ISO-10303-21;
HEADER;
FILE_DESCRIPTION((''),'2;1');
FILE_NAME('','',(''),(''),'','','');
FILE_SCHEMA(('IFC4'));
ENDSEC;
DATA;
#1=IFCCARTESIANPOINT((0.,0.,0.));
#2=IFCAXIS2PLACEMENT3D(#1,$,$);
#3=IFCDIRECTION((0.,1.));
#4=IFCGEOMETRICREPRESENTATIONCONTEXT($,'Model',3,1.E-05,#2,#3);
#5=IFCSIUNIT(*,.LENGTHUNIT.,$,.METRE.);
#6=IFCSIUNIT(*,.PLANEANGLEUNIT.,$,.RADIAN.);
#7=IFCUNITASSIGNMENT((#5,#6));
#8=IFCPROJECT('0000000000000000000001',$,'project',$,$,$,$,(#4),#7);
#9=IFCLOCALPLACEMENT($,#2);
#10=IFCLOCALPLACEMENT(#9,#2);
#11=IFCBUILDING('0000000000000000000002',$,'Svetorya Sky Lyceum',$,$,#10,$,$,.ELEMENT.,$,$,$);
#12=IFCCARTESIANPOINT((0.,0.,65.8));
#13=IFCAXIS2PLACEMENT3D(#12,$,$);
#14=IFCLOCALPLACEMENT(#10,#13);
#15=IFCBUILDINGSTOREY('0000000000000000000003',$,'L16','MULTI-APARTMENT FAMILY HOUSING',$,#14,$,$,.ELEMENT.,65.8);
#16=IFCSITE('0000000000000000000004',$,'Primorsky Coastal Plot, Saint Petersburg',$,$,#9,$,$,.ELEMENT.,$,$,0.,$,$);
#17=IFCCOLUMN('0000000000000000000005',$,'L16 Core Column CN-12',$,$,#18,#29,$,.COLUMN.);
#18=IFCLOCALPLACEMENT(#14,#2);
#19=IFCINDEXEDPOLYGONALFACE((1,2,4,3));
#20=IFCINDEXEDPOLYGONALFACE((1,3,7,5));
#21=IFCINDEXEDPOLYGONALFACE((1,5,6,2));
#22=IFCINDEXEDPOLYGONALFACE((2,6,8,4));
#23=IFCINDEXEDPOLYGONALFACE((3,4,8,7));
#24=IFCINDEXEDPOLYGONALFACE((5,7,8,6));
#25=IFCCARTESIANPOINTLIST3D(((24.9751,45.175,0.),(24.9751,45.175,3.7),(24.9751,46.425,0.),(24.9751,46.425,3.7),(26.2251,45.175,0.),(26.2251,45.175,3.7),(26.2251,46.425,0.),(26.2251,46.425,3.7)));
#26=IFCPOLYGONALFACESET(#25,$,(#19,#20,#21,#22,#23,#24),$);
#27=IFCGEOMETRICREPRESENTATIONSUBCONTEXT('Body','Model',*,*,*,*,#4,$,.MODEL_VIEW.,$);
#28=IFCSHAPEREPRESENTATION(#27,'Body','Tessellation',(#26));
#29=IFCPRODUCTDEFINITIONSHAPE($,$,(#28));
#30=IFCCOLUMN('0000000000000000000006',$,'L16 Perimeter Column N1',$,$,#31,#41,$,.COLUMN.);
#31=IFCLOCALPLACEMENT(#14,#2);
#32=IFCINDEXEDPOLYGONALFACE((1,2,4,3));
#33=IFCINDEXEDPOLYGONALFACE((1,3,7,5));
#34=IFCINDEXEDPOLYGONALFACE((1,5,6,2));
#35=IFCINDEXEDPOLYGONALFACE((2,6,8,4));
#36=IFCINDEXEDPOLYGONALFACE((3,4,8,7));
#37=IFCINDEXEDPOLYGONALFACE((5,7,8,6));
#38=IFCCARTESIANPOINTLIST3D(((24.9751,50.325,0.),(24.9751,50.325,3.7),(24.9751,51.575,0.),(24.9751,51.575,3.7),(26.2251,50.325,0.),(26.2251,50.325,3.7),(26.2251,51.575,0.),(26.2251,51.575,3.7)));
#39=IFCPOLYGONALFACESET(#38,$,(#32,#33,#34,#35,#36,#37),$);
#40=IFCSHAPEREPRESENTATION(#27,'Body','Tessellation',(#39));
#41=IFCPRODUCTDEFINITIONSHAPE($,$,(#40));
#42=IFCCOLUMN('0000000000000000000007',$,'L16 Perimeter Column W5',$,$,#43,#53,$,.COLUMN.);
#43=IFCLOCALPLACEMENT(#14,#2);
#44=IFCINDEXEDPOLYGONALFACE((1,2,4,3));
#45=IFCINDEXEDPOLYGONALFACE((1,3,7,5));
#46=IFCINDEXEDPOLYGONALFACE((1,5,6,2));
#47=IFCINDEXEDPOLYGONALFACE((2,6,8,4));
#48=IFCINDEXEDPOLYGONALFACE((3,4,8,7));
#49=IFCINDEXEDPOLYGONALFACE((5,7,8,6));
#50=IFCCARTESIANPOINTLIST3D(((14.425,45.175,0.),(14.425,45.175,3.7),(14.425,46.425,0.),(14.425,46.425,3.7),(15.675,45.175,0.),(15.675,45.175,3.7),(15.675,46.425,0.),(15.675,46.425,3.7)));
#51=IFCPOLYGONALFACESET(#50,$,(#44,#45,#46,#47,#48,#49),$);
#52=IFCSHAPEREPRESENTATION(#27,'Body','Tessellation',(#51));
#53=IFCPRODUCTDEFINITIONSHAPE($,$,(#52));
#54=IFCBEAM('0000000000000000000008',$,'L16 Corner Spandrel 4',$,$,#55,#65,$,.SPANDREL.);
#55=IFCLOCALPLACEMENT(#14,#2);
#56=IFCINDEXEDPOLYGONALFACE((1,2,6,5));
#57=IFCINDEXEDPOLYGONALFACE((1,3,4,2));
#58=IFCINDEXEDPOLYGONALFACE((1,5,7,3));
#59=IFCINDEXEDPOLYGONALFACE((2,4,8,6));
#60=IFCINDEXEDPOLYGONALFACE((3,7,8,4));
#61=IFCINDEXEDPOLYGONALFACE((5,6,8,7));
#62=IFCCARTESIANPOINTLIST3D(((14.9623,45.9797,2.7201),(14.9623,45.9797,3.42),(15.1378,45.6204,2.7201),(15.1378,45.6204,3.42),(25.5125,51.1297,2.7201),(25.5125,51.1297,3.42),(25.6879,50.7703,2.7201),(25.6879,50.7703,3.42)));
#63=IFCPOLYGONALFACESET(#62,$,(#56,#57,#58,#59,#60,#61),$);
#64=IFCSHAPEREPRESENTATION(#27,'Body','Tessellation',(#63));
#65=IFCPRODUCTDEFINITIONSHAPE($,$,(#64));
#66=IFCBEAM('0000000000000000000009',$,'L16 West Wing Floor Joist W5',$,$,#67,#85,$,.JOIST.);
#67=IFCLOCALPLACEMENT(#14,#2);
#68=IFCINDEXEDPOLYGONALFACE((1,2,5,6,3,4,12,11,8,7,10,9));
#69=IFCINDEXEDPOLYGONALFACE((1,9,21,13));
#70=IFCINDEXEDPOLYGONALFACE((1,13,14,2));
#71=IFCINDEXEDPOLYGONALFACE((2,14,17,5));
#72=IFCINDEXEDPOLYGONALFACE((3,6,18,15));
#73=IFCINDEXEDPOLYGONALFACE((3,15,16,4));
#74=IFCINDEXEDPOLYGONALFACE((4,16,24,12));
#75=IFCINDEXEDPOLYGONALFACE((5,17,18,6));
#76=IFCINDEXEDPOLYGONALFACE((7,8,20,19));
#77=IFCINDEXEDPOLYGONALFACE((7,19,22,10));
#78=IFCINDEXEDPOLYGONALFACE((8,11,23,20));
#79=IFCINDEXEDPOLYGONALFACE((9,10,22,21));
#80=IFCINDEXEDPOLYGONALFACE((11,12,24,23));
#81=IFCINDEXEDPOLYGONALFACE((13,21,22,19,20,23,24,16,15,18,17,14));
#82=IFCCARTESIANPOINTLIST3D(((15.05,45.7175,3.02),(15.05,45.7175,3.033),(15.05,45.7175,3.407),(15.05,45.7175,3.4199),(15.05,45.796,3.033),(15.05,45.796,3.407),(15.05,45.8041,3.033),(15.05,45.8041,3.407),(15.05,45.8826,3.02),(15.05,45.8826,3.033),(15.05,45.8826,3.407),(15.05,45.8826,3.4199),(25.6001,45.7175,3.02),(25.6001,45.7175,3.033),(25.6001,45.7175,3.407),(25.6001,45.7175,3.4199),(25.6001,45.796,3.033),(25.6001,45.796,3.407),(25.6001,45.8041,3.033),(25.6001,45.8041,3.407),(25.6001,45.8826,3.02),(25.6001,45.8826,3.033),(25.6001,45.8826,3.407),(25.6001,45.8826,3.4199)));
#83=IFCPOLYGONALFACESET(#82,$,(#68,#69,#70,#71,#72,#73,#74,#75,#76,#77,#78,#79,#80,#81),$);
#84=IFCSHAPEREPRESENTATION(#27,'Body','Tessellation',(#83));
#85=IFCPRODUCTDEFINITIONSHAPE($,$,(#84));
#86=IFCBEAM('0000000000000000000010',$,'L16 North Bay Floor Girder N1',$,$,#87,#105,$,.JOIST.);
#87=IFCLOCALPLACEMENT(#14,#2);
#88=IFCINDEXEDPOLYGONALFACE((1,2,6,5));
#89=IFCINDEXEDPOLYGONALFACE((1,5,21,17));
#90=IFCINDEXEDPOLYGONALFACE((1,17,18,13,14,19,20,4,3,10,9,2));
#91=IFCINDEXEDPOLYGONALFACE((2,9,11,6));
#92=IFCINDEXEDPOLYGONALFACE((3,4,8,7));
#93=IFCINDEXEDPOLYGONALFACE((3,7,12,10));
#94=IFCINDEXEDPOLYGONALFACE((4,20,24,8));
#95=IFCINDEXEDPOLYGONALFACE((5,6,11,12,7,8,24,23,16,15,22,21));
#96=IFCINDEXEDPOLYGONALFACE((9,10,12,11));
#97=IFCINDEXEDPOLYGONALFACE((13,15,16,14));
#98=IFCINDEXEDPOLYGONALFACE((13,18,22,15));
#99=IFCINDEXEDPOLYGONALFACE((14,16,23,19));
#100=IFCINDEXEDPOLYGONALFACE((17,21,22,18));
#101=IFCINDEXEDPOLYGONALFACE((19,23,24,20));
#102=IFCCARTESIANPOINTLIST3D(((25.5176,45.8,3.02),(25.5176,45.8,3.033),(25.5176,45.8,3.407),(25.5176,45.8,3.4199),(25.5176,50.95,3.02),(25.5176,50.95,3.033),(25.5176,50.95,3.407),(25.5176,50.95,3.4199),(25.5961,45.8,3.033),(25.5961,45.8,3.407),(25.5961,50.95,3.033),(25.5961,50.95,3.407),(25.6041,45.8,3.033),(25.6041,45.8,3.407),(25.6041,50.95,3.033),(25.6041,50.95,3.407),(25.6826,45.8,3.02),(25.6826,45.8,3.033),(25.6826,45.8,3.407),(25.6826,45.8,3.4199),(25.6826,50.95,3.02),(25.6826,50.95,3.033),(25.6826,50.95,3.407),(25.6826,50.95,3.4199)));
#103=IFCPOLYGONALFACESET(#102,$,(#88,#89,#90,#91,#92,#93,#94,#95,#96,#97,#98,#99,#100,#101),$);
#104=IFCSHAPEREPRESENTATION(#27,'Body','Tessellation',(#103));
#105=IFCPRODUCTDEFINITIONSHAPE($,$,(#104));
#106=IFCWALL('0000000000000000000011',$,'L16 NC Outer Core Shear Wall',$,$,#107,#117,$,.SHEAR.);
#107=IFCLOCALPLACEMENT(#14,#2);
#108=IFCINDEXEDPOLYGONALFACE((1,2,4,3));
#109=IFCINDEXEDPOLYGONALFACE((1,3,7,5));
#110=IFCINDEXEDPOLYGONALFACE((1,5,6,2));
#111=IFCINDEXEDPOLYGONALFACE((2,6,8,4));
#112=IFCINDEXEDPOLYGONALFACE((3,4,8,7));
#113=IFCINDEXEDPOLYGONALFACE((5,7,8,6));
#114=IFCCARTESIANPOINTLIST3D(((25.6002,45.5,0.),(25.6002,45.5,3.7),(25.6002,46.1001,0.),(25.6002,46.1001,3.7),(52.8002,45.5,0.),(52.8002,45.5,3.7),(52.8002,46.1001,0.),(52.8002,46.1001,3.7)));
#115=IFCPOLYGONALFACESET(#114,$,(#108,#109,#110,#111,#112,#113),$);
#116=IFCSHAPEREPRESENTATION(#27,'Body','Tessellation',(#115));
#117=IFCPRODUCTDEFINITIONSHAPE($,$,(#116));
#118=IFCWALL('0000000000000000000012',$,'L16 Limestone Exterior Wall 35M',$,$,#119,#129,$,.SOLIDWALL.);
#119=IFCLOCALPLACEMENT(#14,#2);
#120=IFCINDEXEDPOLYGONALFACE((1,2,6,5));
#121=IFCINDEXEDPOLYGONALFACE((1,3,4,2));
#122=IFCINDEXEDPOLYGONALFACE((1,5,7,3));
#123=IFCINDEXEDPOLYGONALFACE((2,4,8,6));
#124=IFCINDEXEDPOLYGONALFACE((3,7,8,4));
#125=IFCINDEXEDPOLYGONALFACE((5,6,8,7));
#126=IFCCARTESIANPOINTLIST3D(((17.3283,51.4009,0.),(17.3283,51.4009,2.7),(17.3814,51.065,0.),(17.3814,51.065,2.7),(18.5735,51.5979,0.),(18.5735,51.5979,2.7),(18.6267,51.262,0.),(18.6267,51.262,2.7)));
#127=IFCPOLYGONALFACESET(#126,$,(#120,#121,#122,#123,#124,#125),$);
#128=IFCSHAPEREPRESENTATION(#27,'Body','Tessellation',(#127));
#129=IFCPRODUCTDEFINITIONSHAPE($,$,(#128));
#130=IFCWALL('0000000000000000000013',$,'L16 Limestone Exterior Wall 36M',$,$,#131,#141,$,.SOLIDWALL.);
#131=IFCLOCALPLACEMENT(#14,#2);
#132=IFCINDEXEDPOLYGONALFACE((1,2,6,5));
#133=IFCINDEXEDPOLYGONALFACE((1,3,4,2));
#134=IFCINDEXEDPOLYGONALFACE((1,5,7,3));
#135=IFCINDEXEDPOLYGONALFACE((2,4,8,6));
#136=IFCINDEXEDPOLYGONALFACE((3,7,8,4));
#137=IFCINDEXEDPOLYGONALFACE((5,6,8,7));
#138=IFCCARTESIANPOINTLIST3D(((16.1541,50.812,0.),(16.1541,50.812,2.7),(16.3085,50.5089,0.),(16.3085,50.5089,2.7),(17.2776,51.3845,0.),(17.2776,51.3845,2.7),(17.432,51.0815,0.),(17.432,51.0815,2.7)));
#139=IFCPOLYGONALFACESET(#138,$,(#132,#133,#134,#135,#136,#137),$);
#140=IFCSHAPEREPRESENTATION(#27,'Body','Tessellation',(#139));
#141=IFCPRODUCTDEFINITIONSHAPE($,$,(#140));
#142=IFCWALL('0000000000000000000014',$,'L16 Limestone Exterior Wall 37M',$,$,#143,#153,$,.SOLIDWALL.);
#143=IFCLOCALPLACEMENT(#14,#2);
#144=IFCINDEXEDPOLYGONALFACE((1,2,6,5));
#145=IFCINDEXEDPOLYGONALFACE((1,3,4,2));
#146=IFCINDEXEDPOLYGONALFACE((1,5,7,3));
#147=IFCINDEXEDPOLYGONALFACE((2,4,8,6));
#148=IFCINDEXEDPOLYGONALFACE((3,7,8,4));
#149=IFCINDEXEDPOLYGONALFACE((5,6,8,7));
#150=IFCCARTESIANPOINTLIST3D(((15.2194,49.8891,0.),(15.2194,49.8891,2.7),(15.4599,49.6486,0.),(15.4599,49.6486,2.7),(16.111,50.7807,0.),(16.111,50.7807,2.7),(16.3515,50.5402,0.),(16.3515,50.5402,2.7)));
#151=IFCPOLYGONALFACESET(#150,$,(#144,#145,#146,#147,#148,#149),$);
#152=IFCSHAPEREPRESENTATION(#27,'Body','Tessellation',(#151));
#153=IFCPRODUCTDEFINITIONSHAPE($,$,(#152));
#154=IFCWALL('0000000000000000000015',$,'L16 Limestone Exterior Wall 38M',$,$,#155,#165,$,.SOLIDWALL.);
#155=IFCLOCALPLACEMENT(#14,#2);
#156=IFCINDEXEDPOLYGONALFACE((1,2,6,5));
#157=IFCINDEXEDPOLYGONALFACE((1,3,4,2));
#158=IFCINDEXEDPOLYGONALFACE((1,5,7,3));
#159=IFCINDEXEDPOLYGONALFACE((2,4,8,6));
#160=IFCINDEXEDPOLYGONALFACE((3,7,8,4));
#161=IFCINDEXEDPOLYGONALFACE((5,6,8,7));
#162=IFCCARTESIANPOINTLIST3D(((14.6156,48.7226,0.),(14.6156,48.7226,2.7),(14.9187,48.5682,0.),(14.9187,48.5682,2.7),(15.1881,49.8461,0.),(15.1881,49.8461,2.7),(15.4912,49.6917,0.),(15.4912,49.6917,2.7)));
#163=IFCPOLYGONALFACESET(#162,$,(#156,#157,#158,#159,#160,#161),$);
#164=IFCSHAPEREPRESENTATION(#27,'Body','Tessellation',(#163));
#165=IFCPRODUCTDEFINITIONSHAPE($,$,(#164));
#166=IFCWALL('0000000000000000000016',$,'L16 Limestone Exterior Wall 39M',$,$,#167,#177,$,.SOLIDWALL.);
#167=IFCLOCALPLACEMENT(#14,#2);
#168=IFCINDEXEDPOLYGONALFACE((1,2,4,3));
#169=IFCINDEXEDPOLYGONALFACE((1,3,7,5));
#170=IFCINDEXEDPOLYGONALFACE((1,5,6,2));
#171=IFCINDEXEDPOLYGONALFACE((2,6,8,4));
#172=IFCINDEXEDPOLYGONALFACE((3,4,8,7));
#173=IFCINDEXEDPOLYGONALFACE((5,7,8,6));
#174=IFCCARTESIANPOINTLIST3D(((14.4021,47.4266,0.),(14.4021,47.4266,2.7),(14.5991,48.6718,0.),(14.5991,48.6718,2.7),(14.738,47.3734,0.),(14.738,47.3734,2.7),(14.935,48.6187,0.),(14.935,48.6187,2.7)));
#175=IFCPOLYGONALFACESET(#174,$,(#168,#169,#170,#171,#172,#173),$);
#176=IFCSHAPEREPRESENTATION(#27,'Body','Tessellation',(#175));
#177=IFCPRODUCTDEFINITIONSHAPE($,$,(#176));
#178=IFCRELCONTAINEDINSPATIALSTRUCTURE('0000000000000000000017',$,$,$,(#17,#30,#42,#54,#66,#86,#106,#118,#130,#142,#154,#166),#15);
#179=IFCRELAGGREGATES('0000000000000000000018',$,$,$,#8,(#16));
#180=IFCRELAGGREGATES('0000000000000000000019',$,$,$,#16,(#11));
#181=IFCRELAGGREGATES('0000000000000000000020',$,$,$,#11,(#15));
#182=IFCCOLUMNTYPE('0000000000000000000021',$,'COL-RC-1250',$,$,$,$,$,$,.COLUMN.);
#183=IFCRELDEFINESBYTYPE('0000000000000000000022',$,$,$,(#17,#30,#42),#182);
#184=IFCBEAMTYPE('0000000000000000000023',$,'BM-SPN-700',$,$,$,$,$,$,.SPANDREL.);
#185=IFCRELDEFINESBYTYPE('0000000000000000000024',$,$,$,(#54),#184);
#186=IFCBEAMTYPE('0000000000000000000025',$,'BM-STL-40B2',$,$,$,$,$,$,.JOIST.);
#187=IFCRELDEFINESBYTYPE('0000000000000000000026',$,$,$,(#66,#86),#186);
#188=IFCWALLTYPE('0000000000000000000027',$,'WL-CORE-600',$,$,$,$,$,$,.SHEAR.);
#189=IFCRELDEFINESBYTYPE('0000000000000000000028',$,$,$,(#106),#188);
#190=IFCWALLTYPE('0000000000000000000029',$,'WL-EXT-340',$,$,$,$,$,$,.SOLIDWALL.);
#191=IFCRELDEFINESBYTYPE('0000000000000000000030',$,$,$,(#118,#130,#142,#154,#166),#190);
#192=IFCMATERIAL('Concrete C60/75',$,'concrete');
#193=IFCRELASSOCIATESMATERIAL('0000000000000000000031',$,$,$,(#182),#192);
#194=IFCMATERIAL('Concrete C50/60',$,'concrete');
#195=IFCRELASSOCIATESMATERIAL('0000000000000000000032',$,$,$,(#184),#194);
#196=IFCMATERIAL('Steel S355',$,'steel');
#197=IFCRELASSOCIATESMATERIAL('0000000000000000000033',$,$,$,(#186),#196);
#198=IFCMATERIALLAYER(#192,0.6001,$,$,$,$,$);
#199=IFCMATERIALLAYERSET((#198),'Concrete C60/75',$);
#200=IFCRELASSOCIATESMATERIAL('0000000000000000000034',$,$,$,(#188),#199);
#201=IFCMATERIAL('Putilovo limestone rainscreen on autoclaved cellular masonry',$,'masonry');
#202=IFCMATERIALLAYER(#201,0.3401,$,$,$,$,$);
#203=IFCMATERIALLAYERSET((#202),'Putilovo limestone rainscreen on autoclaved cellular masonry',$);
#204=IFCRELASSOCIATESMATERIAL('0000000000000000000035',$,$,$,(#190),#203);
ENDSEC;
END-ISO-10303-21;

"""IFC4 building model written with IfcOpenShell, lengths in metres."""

from ifc_helpers import new_model, si_unit, direction, frame, frame_2d, origin, origin_2d, place, context, subcontext, project, spatial, rectangle, i_section, extrude, material, layer, layer_set, material_profile, profile_set, type_object, element, save


model = new_model("IFC4")

# Units and contexts
model_context = context("Model", 3, precision=1e-05, world=origin(), true_north=direction((0.0, 1.0)))
body_context = subcontext(model_context, "Body", "Model", "MODEL_VIEW")
ifc_project = project(units=[si_unit("LENGTHUNIT", "METRE"), si_unit("PLANEANGLEUNIT", "RADIAN")], contexts=[model_context])

# Site, building, storey
site_placement = place(None, origin())
site = spatial("IfcSite", under=ifc_project, at=site_placement, Name="Primorsky Coastal Plot, Saint Petersburg", CompositionType="ELEMENT", RefElevation=0.0)
building_placement = place(site_placement, origin())
building = spatial("IfcBuilding", under=site, at=building_placement, Name="Svetorya Sky Lyceum", CompositionType="ELEMENT")
storey_placement = place(building_placement, frame((0.0, 0.0, 65.8)))
storey = spatial("IfcBuildingStorey", under=building, at=storey_placement, Name="L16", Description="MULTI-APARTMENT FAMILY HOUSING", CompositionType="ELEMENT", Elevation=65.8)

# Columns
ifc_material_1 = material(Name="Concrete C60/75", Category="concrete")
ifc_material_profile_1 = material_profile(ifc_material_1, rectangle(XDim=1.25, YDim=1.25, at=origin_2d()), Name="RC COL 1250x1250")
ifc_profile_set_1 = profile_set([ifc_material_profile_1], Name="Concrete C60/75")
column_type = type_object("IfcColumnType", Name="COL-RC-1250", PredefinedType="COLUMN", material=ifc_profile_set_1)
for number, where, z_axis, x_axis, name in (
    (1, (25.6001, 45.8, 0.0), (0.0, 0.0, 1.0), (1.0, 0.0, 0.0), "L16 Core Column CN-12"),
    (2, (25.6001, 50.95, 0.0), (0.0, 0.0, 1.0), (1.0, 0.0, 0.0), "L16 Perimeter Column N1"),
    (3, (15.05, 45.8, 0.0), (0.0, 0.0, 1.0), (1.0, 0.0, 0.0), "L16 Perimeter Column W5"),
):
    element("IfcColumn", number, at=place(storey_placement, frame(where, z_axis=z_axis, x_axis=x_axis)), inside=storey, type_object=column_type, Name=name, PredefinedType="COLUMN", context=body_context, shape_type="SweptSolid", body=[
        extrude(rectangle(XDim=1.25, YDim=1.25, at=origin_2d()), origin(), (0.0, 0.0, 1.0), 3.7),
    ])

# Beams
ifc_material_2 = material(Name="Concrete C50/60", Category="concrete")
ifc_material_profile_2 = material_profile(ifc_material_2, rectangle(XDim=0.3999, YDim=0.7, at=origin_2d()), Name="RC SPANDREL 400x700")
ifc_profile_set_2 = profile_set([ifc_material_profile_2], Name="Concrete C50/60")
beam_type_1 = type_object("IfcBeamType", Name="BM-SPN-700", PredefinedType="SPANDREL", material=ifc_profile_set_2)
beam_1_placement = place(storey_placement, frame((15.05, 45.8, 3.0701), z_axis=(0.89865, 0.438667, 0.0), x_axis=(-0.438667, 0.89865, 0.0)))
element("IfcBeam", 4, at=beam_1_placement, inside=storey, type_object=beam_type_1, Name="L16 Corner Spandrel 4", PredefinedType="SPANDREL", context=body_context, shape_type="SweptSolid", body=[
    extrude(rectangle(XDim=0.3999, YDim=0.7, at=origin_2d()), origin(), (0.0, 0.0, 1.0), 11.74),
])
ifc_material_3 = material(Name="Steel S355", Category="steel")
ifc_material_profile_3 = material_profile(ifc_material_3, i_section(OverallWidth=0.165, OverallDepth=0.3999, WebThickness=0.0081, FlangeThickness=0.0129, at=origin_2d()), Name="GOST 40B2")
ifc_profile_set_3 = profile_set([ifc_material_profile_3], Name="Steel S355")
beam_type_2 = type_object("IfcBeamType", Name="BM-STL-40B2", PredefinedType="JOIST", material=ifc_profile_set_3)
beam_2_placement = place(storey_placement, frame((15.05, 45.8, 3.22), z_axis=(1.0, 0.0, 0.0), x_axis=(0.0, 1.0, 0.0)))
element("IfcBeam", 5, at=beam_2_placement, inside=storey, type_object=beam_type_2, Name="L16 West Wing Floor Joist W5", PredefinedType="JOIST", context=body_context, shape_type="SweptSolid", body=[
    extrude(i_section(OverallWidth=0.165, OverallDepth=0.3999, WebThickness=0.0081, FlangeThickness=0.0129, at=origin_2d()), origin(), (0.0, 0.0, 1.0), 10.55),
])
beam_3_placement = place(storey_placement, frame((25.6001, 45.8, 3.22), z_axis=(0.0, 1.0, 0.0), x_axis=(-1.0, 0.0, 0.0)))
element("IfcBeam", 6, at=beam_3_placement, inside=storey, type_object=beam_type_2, Name="L16 North Bay Floor Girder N1", PredefinedType="JOIST", context=body_context, shape_type="SweptSolid", body=[
    extrude(i_section(OverallWidth=0.165, OverallDepth=0.3999, WebThickness=0.0081, FlangeThickness=0.0129, at=origin_2d()), origin(), (0.0, 0.0, 1.0), 5.1499),
])

# Walls
ifc_layer_1 = layer(ifc_material_1, 0.6001)
ifc_layer_set_1 = layer_set([ifc_layer_1], Name="Concrete C60/75")
wall_type_1 = type_object("IfcWallType", Name="WL-CORE-600", PredefinedType="SHEAR", material=ifc_layer_set_1)
wall_1_placement = place(storey_placement, frame((25.6001, 45.8, 0.0), z_axis=(0.0, 0.0, 1.0), x_axis=(1.0, 0.0, 0.0)))
element("IfcWall", 7, at=wall_1_placement, inside=storey, type_object=wall_type_1, Name="L16 NC Outer Core Shear Wall", PredefinedType="SHEAR", context=body_context, shape_type="SweptSolid", body=[
    extrude(rectangle(XDim=27.2, YDim=0.6001, at=frame_2d((13.6001, 0.0))), origin(), (0.0, 0.0, 1.0), 3.7),
])
ifc_material_4 = material(Name="Putilovo limestone rainscreen on autoclaved cellular masonry", Category="masonry")
ifc_layer_2 = layer(ifc_material_4, 0.3401)
ifc_layer_set_2 = layer_set([ifc_layer_2], Name="Putilovo limestone rainscreen on autoclaved cellular masonry")
wall_type_2 = type_object("IfcWallType", Name="WL-EXT-340", PredefinedType="SOLIDWALL", material=ifc_layer_set_2)
wall_2_placement = place(storey_placement, frame((18.6001, 51.4299, 0.0), z_axis=(0.0, 0.0, 1.0), x_axis=(-0.987716, -0.156261, 0.0)))
element("IfcWall", 8, at=wall_2_placement, inside=storey, type_object=wall_type_2, Name="L16 Limestone Exterior Wall 35M", PredefinedType="SOLIDWALL", context=body_context, shape_type="SweptSolid", body=[
    extrude(rectangle(XDim=1.2607, YDim=0.3401, at=frame_2d((0.6304, 0.0))), origin(), (0.0, 0.0, 1.0), 2.7),
])
for number, where, z_axis, x_axis, name in (
    (9, (17.3547, 51.2329, 0.0), (0.0, 0.0, 1.0), (-0.890994, -0.454016, 0.0), "L16 Limestone Exterior Wall 36M"),
    (10, (16.2312, 50.6604, 0.0), (0.0, 0.0, 1.0), (-0.707107, -0.707107, 0.0), "L16 Limestone Exterior Wall 37M"),
    (11, (15.3396, 49.7688, 0.0), (0.0, 0.0, 1.0), (-0.454016, -0.890994, 0.0), "L16 Limestone Exterior Wall 38M"),
):
    element("IfcWall", number, at=place(storey_placement, frame(where, z_axis=z_axis, x_axis=x_axis)), inside=storey, type_object=wall_type_2, Name=name, PredefinedType="SOLIDWALL", context=body_context, shape_type="SweptSolid", body=[
        extrude(rectangle(XDim=1.261, YDim=0.3401, at=frame_2d((0.6304, 0.0))), origin(), (0.0, 0.0, 1.0), 2.7),
    ])
wall_3_placement = place(storey_placement, frame((14.7671, 48.6453, 0.0), z_axis=(0.0, 0.0, 1.0), x_axis=(-0.156261, -0.987716, 0.0)))
element("IfcWall", 12, at=wall_3_placement, inside=storey, type_object=wall_type_2, Name="L16 Limestone Exterior Wall 39M", PredefinedType="SOLIDWALL", context=body_context, shape_type="SweptSolid", body=[
    extrude(rectangle(XDim=1.2607, YDim=0.3401, at=frame_2d((0.6304, 0.0))), origin(), (0.0, 0.0, 1.0), 2.7),
])

save(model, "model.ifc")
